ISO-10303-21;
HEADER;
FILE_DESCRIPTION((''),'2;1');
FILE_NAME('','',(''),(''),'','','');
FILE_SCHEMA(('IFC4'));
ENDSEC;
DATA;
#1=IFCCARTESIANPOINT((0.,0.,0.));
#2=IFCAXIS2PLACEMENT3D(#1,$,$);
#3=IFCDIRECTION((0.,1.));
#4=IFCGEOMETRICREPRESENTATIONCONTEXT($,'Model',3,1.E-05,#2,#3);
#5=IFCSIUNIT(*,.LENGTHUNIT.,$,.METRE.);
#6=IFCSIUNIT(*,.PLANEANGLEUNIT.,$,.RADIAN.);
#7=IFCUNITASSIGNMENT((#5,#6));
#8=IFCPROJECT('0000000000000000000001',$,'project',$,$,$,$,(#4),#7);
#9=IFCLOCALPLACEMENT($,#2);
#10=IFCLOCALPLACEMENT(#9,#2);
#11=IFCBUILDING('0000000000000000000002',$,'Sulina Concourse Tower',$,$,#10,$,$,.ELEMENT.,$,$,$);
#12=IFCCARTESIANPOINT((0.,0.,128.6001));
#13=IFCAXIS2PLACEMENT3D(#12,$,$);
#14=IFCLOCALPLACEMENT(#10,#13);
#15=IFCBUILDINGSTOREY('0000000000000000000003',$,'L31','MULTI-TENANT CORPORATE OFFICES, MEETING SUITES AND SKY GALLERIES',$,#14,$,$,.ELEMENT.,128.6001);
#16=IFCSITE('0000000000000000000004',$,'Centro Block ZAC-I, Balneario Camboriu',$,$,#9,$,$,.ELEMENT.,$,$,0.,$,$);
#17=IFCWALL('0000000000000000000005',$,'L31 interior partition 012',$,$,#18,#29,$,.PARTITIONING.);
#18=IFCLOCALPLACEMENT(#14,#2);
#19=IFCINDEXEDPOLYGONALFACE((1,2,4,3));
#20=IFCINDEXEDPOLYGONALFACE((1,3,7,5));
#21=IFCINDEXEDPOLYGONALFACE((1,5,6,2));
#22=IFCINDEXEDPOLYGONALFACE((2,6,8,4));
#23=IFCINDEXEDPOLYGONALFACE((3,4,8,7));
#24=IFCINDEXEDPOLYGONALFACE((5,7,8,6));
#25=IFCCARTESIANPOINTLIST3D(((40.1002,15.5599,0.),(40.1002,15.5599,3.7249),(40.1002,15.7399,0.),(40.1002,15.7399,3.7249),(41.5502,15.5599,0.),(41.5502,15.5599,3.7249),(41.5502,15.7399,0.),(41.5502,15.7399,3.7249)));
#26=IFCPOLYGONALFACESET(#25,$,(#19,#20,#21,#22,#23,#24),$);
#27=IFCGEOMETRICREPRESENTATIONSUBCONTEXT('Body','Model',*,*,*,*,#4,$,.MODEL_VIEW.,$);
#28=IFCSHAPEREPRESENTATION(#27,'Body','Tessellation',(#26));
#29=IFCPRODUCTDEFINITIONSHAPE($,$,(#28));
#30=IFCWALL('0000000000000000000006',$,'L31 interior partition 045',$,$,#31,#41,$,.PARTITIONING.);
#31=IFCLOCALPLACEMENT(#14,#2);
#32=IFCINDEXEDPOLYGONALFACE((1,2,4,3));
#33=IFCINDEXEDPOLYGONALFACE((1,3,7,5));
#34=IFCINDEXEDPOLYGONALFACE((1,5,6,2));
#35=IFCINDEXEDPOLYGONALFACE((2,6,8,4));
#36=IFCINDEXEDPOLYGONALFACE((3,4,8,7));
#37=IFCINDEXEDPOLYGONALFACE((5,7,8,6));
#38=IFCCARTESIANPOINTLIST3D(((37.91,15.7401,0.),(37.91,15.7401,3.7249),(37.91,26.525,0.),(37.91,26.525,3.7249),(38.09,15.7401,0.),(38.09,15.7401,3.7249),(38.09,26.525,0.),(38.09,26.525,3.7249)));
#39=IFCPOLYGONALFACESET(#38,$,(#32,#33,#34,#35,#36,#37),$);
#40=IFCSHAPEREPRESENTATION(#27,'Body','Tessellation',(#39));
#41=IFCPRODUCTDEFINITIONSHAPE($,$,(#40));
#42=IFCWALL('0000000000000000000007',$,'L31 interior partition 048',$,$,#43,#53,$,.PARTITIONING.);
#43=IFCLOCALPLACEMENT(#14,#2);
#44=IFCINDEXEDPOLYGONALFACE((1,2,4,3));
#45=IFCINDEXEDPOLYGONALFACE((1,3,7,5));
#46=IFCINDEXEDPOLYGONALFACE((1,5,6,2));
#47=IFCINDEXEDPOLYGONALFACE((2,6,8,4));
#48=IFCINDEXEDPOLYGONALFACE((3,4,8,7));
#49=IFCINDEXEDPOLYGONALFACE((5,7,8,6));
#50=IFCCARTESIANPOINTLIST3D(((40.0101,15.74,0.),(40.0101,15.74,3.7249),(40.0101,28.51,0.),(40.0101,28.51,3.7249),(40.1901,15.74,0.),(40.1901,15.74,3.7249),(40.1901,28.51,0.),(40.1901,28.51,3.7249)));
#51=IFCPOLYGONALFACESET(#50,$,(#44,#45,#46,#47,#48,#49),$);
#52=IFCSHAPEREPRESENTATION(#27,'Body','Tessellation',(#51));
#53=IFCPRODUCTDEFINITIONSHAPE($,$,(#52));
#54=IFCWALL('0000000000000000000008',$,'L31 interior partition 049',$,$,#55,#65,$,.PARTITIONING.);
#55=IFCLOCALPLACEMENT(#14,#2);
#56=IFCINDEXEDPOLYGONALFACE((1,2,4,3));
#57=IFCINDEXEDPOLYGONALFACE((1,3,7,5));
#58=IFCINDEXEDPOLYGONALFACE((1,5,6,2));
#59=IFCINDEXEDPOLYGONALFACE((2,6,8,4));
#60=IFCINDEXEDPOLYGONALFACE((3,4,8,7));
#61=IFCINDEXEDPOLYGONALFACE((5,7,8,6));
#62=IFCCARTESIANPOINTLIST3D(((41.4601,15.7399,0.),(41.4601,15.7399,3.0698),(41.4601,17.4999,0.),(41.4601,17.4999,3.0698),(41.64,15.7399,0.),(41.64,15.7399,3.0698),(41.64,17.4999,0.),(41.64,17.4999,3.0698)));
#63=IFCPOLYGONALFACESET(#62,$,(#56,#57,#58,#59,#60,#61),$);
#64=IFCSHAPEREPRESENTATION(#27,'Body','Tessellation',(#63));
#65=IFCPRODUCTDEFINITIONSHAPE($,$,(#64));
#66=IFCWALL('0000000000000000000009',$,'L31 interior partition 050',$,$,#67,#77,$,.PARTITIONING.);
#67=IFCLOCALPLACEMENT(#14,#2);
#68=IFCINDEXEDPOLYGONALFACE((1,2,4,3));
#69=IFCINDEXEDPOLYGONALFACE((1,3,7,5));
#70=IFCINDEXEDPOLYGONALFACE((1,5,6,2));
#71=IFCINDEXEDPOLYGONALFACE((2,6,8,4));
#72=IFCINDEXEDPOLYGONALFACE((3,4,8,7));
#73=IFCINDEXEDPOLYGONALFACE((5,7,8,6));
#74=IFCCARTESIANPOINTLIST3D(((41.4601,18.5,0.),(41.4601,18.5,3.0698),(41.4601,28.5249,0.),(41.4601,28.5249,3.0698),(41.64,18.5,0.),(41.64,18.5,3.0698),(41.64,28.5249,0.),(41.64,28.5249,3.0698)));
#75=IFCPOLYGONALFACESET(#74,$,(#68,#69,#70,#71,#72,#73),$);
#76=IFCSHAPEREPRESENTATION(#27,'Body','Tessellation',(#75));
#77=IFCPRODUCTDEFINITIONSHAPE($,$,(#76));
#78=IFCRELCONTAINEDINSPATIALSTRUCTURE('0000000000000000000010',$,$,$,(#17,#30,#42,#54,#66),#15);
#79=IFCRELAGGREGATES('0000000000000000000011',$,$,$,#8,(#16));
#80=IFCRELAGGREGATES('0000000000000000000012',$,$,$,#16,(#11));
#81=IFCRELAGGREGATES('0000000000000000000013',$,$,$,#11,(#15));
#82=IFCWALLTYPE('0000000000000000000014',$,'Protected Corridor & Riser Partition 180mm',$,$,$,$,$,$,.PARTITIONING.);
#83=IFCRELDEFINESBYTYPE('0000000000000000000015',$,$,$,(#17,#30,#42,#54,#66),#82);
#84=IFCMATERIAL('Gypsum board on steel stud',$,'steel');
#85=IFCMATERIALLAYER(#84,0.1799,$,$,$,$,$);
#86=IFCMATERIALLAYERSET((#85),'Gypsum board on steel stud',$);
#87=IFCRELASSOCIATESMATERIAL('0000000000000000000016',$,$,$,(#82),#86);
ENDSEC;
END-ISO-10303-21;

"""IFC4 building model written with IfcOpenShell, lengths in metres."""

from ifc_helpers import new_model, si_unit, direction, frame, frame_2d, origin, place, context, subcontext, project, spatial, rectangle, extrude, material, layer, layer_set, type_object, element, save


model = new_model("IFC4")

# Units and contexts
model_context = context("Model", 3, precision=1e-05, world=origin(), true_north=direction((0.0, 1.0)))
body_context = subcontext(model_context, "Body", "Model", "MODEL_VIEW")
ifc_project = project(units=[si_unit("LENGTHUNIT", "METRE"), si_unit("PLANEANGLEUNIT", "RADIAN")], contexts=[model_context])

# Site, building, storey
site_placement = place(None, origin())
site = spatial("IfcSite", under=ifc_project, at=site_placement, Name="Centro Block ZAC-I, Balneario Camboriu", CompositionType="ELEMENT", RefElevation=0.0)
building_placement = place(site_placement, origin())
building = spatial("IfcBuilding", under=site, at=building_placement, Name="Sulina Concourse Tower", CompositionType="ELEMENT")
storey_placement = place(building_placement, frame((0.0, 0.0, 128.6001)))
storey = spatial("IfcBuildingStorey", under=building, at=storey_placement, Name="L31", Description="MULTI-TENANT CORPORATE OFFICES, MEETING SUITES AND SKY GALLERIES", CompositionType="ELEMENT", Elevation=128.6001)

# Shared definitions
ifc_material_1 = material(Name="Gypsum board on steel stud", Category="steel")
ifc_layer_1 = layer(ifc_material_1, 0.1799)
ifc_layer_set_1 = layer_set([ifc_layer_1], Name="Gypsum board on steel stud")
wall_type = type_object("IfcWallType", Name="Protected Corridor & Riser Partition 180mm", PredefinedType="PARTITIONING", material=ifc_layer_set_1)

# Walls
wall_1_placement = place(storey_placement, frame((40.1001, 15.6499, 0.0), z_axis=(0.0, 0.0, 1.0), x_axis=(1.0, 0.0, 0.0)))
element("IfcWall", 1, at=wall_1_placement, inside=storey, type_object=wall_type, Name="L31 interior partition 012", PredefinedType="PARTITIONING", context=body_context, shape_type="SweptSolid", body=[
    extrude(rectangle(XDim=1.45, YDim=0.1799, at=frame_2d((0.7251, 0.0))), origin(), (0.0, 0.0, 1.0), 3.7249),
])
wall_2_placement = place(storey_placement, frame((38.0, 15.74, 0.0), z_axis=(0.0, 0.0, 1.0), x_axis=(0.0, 1.0, 0.0)))
element("IfcWall", 2, at=wall_2_placement, inside=storey, type_object=wall_type, Name="L31 interior partition 045", PredefinedType="PARTITIONING", context=body_context, shape_type="SweptSolid", body=[
    extrude(rectangle(XDim=10.7849, YDim=0.1799, at=frame_2d((5.3926, 0.0))), origin(), (0.0, 0.0, 1.0), 3.7249),
])
wall_3_placement = place(storey_placement, frame((40.1001, 15.74, 0.0), z_axis=(0.0, 0.0, 1.0), x_axis=(0.0, 1.0, 0.0)))
element("IfcWall", 3, at=wall_3_placement, inside=storey, type_object=wall_type, Name="L31 interior partition 048", PredefinedType="PARTITIONING", context=body_context, shape_type="SweptSolid", body=[
    extrude(rectangle(XDim=12.77, YDim=0.1799, at=frame_2d((6.385, 0.0))), origin(), (0.0, 0.0, 1.0), 3.7249),
])
wall_4_placement = place(storey_placement, frame((41.55, 15.74, 0.0), z_axis=(0.0, 0.0, 1.0), x_axis=(0.0, 1.0, 0.0)))
element("IfcWall", 4, at=wall_4_placement, inside=storey, type_object=wall_type, Name="L31 interior partition 049", PredefinedType="PARTITIONING", context=body_context, shape_type="SweptSolid", body=[
    extrude(rectangle(XDim=1.76, YDim=0.1799, at=frame_2d((0.8799, 0.0))), origin(), (0.0, 0.0, 1.0), 3.0698),
])
wall_5_placement = place(storey_placement, frame((41.55, 18.5, 0.0), z_axis=(0.0, 0.0, 1.0), x_axis=(0.0, 1.0, 0.0)))
element("IfcWall", 5, at=wall_5_placement, inside=storey, type_object=wall_type, Name="L31 interior partition 050", PredefinedType="PARTITIONING", context=body_context, shape_type="SweptSolid", body=[
    extrude(rectangle(XDim=10.0249, YDim=0.1799, at=frame_2d((5.0125, 0.0))), origin(), (0.0, 0.0, 1.0), 3.0698),
])

save(model, "model.ifc")
